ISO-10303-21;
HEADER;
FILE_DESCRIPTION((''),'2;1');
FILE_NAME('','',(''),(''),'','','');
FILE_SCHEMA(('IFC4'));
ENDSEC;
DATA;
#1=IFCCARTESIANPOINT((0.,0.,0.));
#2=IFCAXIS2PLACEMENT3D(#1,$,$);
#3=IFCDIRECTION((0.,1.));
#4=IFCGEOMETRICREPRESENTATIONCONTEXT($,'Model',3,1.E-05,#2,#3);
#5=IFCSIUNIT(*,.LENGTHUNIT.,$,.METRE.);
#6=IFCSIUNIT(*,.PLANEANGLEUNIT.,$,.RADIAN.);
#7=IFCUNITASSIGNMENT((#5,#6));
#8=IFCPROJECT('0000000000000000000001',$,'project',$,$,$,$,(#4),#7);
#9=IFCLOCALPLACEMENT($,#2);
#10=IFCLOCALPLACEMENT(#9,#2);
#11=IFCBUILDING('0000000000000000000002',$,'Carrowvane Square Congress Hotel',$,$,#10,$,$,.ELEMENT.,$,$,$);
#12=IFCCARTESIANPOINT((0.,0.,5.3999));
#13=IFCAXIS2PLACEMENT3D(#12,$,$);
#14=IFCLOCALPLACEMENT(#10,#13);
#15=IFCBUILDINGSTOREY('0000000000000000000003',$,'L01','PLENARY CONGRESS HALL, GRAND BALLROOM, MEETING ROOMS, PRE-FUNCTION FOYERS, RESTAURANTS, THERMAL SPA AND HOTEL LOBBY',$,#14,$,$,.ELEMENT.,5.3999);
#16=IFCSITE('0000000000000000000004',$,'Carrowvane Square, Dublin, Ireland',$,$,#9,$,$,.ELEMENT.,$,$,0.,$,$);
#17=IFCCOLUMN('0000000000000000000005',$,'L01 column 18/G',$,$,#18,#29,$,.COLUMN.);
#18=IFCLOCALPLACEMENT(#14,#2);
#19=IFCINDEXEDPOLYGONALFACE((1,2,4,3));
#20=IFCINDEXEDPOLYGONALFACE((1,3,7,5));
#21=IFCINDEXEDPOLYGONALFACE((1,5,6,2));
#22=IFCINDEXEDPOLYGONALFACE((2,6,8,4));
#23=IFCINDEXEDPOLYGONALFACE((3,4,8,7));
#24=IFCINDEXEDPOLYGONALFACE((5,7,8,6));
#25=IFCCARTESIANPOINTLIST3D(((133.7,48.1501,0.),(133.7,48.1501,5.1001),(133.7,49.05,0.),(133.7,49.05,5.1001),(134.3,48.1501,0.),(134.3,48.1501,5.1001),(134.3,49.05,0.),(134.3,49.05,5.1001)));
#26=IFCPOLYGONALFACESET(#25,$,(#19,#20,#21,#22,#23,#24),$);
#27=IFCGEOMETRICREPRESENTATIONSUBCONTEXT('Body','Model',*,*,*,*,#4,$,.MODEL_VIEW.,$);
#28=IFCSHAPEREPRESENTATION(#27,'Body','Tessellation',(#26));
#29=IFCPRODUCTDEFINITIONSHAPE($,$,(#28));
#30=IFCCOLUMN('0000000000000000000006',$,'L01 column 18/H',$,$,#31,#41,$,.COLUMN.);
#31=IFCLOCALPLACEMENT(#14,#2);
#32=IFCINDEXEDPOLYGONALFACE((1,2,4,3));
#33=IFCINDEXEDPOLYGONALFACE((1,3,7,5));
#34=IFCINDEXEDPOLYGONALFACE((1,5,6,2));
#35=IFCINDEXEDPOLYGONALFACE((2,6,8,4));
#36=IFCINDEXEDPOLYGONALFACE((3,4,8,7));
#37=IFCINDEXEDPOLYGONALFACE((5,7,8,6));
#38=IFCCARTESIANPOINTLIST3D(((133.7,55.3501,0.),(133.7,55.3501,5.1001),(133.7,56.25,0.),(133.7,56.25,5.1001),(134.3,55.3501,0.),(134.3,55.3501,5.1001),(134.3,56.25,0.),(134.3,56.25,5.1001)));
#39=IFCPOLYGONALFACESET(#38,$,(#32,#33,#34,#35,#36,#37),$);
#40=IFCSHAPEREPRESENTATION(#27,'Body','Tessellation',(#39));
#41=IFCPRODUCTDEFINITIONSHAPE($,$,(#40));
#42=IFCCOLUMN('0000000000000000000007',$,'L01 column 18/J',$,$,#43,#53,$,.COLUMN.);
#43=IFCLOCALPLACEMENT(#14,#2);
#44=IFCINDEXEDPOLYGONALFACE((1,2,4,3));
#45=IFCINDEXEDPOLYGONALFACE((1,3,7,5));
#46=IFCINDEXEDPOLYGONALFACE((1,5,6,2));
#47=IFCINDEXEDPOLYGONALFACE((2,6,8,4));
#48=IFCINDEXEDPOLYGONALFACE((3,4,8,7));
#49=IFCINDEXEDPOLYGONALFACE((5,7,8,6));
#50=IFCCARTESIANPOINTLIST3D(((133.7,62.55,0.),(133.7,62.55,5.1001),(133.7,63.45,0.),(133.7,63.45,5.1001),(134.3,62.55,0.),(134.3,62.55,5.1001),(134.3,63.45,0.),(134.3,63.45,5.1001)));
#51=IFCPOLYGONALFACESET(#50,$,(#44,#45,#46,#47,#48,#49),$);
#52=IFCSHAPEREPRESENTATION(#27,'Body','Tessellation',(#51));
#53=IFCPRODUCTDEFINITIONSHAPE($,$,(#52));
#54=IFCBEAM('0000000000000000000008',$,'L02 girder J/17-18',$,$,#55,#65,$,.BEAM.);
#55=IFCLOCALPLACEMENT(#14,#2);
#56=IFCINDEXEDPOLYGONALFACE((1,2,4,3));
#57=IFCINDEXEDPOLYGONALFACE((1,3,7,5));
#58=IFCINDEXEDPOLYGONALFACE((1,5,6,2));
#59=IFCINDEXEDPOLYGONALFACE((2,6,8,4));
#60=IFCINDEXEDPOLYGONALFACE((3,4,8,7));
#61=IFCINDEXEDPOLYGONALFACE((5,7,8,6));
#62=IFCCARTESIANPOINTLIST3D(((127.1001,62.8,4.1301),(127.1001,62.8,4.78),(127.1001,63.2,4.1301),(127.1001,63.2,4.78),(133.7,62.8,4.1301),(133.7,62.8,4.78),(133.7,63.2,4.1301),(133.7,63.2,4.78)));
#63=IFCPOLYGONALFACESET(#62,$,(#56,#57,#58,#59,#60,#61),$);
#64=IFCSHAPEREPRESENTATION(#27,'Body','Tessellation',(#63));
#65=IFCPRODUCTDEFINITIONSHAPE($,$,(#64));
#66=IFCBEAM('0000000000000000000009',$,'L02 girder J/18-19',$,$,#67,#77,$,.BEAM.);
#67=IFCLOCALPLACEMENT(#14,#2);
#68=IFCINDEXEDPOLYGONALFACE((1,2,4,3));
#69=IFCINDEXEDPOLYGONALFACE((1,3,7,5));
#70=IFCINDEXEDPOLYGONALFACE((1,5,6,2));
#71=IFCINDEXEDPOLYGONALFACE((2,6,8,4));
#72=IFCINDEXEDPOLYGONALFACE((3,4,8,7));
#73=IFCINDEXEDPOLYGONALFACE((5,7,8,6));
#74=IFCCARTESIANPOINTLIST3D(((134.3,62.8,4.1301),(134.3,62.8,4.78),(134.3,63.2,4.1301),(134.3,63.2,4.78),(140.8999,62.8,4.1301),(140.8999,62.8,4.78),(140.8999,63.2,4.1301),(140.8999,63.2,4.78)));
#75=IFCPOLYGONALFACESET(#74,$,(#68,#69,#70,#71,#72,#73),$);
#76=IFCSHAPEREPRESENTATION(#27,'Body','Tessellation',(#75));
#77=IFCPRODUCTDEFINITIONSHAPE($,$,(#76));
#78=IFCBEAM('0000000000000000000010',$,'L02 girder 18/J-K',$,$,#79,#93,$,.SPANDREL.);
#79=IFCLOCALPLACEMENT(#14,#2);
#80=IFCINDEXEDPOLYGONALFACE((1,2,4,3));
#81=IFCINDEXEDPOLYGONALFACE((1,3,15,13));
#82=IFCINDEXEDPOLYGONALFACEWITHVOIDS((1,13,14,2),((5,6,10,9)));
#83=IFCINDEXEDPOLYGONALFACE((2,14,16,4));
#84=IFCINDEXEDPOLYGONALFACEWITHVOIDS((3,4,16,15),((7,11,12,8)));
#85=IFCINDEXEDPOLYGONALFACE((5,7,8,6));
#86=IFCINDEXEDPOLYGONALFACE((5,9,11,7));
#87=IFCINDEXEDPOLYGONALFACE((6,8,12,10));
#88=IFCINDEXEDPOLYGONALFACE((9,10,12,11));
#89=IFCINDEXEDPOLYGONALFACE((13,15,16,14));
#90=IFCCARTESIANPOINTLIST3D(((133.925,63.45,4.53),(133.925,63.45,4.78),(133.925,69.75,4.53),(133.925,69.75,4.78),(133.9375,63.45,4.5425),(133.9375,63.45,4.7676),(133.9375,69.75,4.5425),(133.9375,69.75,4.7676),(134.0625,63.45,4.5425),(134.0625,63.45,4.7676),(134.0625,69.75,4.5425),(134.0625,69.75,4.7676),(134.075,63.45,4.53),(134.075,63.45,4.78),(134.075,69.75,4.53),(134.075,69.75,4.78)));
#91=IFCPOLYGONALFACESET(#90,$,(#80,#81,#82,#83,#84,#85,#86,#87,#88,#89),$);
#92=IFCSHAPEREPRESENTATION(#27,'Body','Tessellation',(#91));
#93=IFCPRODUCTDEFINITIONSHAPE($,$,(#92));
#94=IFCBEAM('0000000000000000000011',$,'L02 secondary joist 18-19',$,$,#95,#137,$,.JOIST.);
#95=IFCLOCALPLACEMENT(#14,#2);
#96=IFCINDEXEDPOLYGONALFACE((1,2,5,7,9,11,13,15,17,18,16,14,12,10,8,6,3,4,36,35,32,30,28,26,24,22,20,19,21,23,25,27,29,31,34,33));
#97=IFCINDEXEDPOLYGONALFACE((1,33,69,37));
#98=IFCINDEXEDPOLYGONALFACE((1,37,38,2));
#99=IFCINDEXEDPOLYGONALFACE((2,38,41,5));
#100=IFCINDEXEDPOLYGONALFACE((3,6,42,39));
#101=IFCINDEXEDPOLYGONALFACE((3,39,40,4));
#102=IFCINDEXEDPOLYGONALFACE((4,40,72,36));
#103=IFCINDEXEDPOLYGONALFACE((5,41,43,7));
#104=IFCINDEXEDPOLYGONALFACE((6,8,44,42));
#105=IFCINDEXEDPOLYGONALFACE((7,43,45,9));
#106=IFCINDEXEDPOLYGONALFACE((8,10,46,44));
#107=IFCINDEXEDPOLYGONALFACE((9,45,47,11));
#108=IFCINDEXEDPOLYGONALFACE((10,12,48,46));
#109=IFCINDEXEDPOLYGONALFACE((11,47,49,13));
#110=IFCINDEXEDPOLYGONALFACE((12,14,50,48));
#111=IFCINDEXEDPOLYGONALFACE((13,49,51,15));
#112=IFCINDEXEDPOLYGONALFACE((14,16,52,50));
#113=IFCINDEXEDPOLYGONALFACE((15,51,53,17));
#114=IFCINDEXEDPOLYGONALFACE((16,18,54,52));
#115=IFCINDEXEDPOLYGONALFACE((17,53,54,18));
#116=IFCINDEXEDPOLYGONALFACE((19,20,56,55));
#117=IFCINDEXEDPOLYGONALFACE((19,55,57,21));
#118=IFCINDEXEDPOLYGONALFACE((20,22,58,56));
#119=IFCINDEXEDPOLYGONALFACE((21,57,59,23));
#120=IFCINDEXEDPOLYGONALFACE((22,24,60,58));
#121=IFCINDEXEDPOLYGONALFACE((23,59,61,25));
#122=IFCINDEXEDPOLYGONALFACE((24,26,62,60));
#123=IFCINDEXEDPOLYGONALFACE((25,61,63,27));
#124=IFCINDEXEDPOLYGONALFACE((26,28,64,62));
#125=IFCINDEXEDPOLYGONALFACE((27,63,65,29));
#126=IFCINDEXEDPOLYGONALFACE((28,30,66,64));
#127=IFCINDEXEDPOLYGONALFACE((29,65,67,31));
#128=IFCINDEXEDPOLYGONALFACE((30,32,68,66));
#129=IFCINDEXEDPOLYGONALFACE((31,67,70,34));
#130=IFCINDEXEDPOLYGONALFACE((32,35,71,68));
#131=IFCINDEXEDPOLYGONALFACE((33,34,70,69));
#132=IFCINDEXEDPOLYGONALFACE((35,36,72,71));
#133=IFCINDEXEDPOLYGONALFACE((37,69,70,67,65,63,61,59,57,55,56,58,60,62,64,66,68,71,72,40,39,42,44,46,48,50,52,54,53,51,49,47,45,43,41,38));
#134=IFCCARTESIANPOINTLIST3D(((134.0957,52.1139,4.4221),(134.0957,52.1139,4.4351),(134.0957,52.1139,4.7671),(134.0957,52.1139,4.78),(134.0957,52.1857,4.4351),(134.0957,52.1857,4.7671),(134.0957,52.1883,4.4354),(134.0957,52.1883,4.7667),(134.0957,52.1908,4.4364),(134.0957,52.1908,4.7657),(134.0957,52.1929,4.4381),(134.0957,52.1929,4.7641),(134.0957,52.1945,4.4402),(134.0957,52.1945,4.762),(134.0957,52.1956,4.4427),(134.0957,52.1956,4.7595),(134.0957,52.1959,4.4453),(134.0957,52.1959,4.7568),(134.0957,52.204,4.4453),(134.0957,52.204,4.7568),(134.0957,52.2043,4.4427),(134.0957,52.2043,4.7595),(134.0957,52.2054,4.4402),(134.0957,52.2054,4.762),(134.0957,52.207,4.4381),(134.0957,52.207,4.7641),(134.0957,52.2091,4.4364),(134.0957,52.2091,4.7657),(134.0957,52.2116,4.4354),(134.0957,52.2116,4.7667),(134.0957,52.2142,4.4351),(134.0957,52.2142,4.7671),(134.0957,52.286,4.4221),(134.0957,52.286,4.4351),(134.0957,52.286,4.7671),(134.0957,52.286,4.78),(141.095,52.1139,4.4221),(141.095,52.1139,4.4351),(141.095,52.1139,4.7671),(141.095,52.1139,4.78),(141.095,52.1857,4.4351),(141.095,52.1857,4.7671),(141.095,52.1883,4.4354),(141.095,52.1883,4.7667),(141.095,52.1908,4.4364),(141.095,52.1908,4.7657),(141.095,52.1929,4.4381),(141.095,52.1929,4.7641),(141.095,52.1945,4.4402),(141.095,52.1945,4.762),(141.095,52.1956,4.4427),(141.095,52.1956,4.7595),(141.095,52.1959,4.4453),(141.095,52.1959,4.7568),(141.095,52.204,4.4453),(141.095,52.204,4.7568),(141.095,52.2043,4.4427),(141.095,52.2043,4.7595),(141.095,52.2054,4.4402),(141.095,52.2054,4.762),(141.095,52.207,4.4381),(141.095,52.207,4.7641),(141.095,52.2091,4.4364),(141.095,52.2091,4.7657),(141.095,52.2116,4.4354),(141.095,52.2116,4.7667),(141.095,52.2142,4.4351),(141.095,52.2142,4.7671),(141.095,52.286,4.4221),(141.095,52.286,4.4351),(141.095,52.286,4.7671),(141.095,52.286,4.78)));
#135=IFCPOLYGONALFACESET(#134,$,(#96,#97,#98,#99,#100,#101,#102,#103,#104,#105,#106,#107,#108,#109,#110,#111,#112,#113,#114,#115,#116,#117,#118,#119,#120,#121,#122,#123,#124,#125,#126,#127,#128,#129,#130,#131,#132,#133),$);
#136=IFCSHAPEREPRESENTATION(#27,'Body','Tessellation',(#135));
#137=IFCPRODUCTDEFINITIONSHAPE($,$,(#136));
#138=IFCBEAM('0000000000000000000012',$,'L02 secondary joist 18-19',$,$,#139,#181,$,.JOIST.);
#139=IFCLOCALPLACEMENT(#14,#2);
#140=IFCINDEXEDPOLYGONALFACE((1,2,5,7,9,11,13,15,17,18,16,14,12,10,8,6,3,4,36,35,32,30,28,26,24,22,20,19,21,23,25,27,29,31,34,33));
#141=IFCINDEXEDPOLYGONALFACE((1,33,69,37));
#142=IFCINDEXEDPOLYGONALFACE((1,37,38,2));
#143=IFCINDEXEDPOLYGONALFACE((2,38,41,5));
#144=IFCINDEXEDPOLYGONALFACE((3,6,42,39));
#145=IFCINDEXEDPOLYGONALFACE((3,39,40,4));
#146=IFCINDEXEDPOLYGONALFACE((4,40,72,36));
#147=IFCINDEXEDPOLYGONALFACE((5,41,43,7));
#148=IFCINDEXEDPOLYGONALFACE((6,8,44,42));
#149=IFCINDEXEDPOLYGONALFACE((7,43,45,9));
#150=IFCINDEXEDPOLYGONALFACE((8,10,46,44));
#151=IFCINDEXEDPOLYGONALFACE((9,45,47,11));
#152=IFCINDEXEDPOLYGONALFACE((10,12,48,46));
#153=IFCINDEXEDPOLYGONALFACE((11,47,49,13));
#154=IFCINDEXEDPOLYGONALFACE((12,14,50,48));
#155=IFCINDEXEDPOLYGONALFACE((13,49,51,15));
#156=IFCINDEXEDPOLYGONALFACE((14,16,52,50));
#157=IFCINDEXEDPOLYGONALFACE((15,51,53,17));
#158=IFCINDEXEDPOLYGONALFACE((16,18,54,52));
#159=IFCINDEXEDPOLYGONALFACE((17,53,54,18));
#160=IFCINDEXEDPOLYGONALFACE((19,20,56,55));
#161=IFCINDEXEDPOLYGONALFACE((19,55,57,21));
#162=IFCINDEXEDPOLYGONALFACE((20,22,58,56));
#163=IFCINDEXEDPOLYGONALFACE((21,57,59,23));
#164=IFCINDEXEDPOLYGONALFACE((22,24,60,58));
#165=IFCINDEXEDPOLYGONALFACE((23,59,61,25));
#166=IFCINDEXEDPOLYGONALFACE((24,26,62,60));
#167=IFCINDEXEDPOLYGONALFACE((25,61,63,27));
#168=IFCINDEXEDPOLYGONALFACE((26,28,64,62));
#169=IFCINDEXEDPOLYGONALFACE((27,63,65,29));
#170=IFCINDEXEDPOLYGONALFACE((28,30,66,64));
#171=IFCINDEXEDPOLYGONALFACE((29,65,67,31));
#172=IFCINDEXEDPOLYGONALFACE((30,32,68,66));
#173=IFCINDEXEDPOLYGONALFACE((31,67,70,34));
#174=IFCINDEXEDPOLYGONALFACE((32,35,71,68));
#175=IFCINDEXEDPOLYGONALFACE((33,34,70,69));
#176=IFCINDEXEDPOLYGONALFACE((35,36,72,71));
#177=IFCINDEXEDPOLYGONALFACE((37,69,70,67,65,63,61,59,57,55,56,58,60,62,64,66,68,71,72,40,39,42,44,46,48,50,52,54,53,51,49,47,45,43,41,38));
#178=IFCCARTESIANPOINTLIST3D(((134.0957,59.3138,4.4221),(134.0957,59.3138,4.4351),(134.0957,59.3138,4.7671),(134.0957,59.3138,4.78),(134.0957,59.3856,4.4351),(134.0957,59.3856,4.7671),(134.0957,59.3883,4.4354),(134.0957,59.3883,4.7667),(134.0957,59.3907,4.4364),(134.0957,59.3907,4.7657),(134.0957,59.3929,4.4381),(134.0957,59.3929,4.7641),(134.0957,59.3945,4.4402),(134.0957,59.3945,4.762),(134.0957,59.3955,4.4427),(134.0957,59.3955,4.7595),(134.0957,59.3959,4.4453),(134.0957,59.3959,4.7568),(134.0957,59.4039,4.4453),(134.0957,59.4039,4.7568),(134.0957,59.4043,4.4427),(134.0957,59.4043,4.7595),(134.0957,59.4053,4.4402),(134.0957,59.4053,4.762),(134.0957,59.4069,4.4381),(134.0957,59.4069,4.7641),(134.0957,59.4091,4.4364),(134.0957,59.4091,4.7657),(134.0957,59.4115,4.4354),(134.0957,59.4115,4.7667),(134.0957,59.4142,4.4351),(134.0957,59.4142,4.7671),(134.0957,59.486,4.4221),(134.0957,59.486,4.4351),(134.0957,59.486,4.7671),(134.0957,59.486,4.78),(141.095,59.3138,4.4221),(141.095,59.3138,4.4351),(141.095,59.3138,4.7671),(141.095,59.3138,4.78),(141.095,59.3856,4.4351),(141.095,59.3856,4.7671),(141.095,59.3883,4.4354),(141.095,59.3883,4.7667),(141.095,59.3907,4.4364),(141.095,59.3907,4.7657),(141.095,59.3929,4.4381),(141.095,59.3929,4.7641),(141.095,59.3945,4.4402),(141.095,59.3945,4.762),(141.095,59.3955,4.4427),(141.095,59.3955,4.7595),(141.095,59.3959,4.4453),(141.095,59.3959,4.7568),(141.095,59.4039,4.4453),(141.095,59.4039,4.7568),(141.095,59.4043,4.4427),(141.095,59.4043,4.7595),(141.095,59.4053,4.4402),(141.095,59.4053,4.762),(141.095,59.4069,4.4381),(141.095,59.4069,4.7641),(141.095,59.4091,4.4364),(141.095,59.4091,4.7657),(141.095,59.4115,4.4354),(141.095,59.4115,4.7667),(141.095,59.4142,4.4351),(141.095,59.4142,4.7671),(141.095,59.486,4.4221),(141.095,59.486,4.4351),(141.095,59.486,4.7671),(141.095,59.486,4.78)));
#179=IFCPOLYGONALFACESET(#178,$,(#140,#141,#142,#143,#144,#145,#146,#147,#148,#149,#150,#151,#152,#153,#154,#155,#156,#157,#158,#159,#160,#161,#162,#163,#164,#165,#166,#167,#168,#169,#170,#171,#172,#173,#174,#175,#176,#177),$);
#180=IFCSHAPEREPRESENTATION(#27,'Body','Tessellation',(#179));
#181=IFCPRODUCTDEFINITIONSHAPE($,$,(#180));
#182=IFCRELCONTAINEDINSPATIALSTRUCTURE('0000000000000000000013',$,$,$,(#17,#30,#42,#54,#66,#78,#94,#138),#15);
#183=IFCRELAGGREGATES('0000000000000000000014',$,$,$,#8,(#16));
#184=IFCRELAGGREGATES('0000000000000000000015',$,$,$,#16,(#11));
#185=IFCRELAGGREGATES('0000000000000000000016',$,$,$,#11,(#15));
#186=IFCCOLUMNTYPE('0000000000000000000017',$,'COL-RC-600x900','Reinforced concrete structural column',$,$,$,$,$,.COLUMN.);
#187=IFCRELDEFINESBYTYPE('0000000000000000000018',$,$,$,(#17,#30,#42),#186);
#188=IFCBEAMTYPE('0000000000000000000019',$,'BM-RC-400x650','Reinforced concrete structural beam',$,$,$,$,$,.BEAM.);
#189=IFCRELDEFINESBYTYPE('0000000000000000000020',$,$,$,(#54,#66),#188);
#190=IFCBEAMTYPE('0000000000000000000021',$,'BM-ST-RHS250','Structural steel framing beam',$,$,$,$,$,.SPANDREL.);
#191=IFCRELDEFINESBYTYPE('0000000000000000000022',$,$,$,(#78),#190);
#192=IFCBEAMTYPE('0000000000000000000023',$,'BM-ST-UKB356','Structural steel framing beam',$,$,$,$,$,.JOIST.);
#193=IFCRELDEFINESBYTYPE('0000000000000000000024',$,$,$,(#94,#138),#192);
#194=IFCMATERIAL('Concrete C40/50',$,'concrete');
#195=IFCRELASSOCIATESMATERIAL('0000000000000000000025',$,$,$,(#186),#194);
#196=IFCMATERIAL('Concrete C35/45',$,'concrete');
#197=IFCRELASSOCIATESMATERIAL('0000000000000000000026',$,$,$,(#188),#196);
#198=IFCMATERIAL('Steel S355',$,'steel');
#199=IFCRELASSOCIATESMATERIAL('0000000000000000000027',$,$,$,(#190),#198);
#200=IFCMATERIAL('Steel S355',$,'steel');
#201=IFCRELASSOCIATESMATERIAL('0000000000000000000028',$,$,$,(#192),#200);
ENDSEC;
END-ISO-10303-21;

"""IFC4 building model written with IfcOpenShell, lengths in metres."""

from ifc_helpers import new_model, si_unit, direction, frame, origin, origin_2d, place, context, subcontext, project, spatial, rectangle, hollow_rectangle, i_section, extrude, material, material_profile, profile_set, type_object, element, save


model = new_model("IFC4")

# Units and contexts
model_context = context("Model", 3, precision=1e-05, world=origin(), true_north=direction((0.0, 1.0)))
body_context = subcontext(model_context, "Body", "Model", "MODEL_VIEW")
ifc_project = project(units=[si_unit("LENGTHUNIT", "METRE"), si_unit("PLANEANGLEUNIT", "RADIAN")], contexts=[model_context])

# Site, building, storey
site_placement = place(None, origin())
site = spatial("IfcSite", under=ifc_project, at=site_placement, Name="Carrowvane Square, Dublin, Ireland", CompositionType="ELEMENT", RefElevation=0.0)
building_placement = place(site_placement, origin())
building = spatial("IfcBuilding", under=site, at=building_placement, Name="Carrowvane Square Congress Hotel", CompositionType="ELEMENT")
storey_placement = place(building_placement, frame((0.0, 0.0, 5.3999)))
storey = spatial("IfcBuildingStorey", under=building, at=storey_placement, Name="L01", Description="PLENARY CONGRESS HALL, GRAND BALLROOM, MEETING ROOMS, PRE-FUNCTION FOYERS, RESTAURANTS, THERMAL SPA AND HOTEL LOBBY", CompositionType="ELEMENT", Elevation=5.3999)

# Columns
ifc_material_1 = material(Name="Concrete C40/50", Category="concrete")
ifc_material_profile_1 = material_profile(ifc_material_1, rectangle(XDim=0.6001, YDim=0.8999, at=origin_2d()), Name="RC 600x900")
ifc_profile_set_1 = profile_set([ifc_material_profile_1], Name="Concrete C40/50")
column_type = type_object("IfcColumnType", Name="COL-RC-600x900", Description="Reinforced concrete structural column", PredefinedType="COLUMN", material=ifc_profile_set_1)
for number, where, z_axis, x_axis, name in (
    (1, (134.0, 48.6001, 0.0), (0.0, 0.0, 1.0), (1.0, 0.0, 0.0), "L01 column 18/G"),
    (2, (134.0, 55.8, 0.0), (0.0, 0.0, 1.0), (1.0, 0.0, 0.0), "L01 column 18/H"),
    (3, (134.0, 63.0, 0.0), (0.0, 0.0, 1.0), (1.0, 0.0, 0.0), "L01 column 18/J"),
):
    element("IfcColumn", number, at=place(storey_placement, frame(where, z_axis=z_axis, x_axis=x_axis)), inside=storey, type_object=column_type, Name=name, PredefinedType="COLUMN", context=body_context, shape_type="SweptSolid", body=[
        extrude(rectangle(XDim=0.6001, YDim=0.8999, at=origin_2d()), origin(), (0.0, 0.0, 1.0), 5.1001),
    ])

# Beams
ifc_material_2 = material(Name="Concrete C35/45", Category="concrete")
ifc_material_profile_2 = material_profile(ifc_material_2, rectangle(XDim=0.3999, YDim=0.6499, at=origin_2d()), Name="RC 400x650")
ifc_profile_set_2 = profile_set([ifc_material_profile_2], Name="Concrete C35/45")
beam_type_1 = type_object("IfcBeamType", Name="BM-RC-400x650", Description="Reinforced concrete structural beam", PredefinedType="BEAM", material=ifc_profile_set_2)
for number, where, z_axis, x_axis, name in (
    (4, (127.1001, 63.0, 4.4551), (1.0, 0.0, 0.0), (0.0, 1.0, 0.0), "L02 girder J/17-18"),
    (5, (134.3, 63.0, 4.4551), (1.0, 0.0, 0.0), (0.0, 1.0, 0.0), "L02 girder J/18-19"),
):
    element("IfcBeam", number, at=place(storey_placement, frame(where, z_axis=z_axis, x_axis=x_axis)), inside=storey, type_object=beam_type_1, Name=name, PredefinedType="BEAM", context=body_context, shape_type="SweptSolid", body=[
        extrude(rectangle(XDim=0.3999, YDim=0.6499, at=origin_2d()), origin(), (0.0, 0.0, 1.0), 6.5999),
    ])
ifc_material_3 = material(Name="Steel S355", Category="steel")
ifc_material_profile_3 = material_profile(ifc_material_3, hollow_rectangle(XDim=0.1499, YDim=0.25, WallThickness=0.0125, at=origin_2d()), Name="RHS 250x150x12.5")
ifc_profile_set_3 = profile_set([ifc_material_profile_3], Name="Steel S355")
beam_type_2 = type_object("IfcBeamType", Name="BM-ST-RHS250", Description="Structural steel framing beam", PredefinedType="SPANDREL", material=ifc_profile_set_3)
beam_1_placement = place(storey_placement, frame((134.0, 63.45, 4.655), z_axis=(0.0, 1.0, 0.0), x_axis=(-1.0, 0.0, 0.0)))
element("IfcBeam", 6, at=beam_1_placement, inside=storey, type_object=beam_type_2, Name="L02 girder 18/J-K", PredefinedType="SPANDREL", context=body_context, shape_type="SweptSolid", body=[
    extrude(hollow_rectangle(XDim=0.1499, YDim=0.25, WallThickness=0.0125, at=origin_2d()), origin(), (0.0, 0.0, 1.0), 6.3),
])
ifc_material_4 = material(Name="Steel S355", Category="steel")
ifc_material_profile_4 = material_profile(ifc_material_4, i_section(OverallWidth=0.1721, OverallDepth=0.3579, WebThickness=0.0081, FlangeThickness=0.0129, FilletRadius=0.0103, at=origin_2d()), Name="UKB 356x171x57")
ifc_profile_set_4 = profile_set([ifc_material_profile_4], Name="Steel S355")
beam_type_3 = type_object("IfcBeamType", Name="BM-ST-UKB356", Description="Structural steel framing beam", PredefinedType="JOIST", material=ifc_profile_set_4)
for number, where, z_axis, x_axis, name in (
    (7, (134.0957, 52.2, 4.6011), (1.0, 0.0, 0.0), (0.0, 1.0, 0.0), "L02 secondary joist 18-19"),
    (8, (134.0957, 59.3999, 4.6011), (1.0, 0.0, 0.0), (0.0, 1.0, 0.0), "L02 secondary joist 18-19"),
):
    element("IfcBeam", number, at=place(storey_placement, frame(where, z_axis=z_axis, x_axis=x_axis)), inside=storey, type_object=beam_type_3, Name=name, PredefinedType="JOIST", context=body_context, shape_type="SweptSolid", body=[
        extrude(i_section(OverallWidth=0.1721, OverallDepth=0.3579, WebThickness=0.0081, FlangeThickness=0.0129, FilletRadius=0.0103, at=origin_2d()), origin(), (0.0, 0.0, 1.0), 6.9993),
    ])

save(model, "model.ifc")
